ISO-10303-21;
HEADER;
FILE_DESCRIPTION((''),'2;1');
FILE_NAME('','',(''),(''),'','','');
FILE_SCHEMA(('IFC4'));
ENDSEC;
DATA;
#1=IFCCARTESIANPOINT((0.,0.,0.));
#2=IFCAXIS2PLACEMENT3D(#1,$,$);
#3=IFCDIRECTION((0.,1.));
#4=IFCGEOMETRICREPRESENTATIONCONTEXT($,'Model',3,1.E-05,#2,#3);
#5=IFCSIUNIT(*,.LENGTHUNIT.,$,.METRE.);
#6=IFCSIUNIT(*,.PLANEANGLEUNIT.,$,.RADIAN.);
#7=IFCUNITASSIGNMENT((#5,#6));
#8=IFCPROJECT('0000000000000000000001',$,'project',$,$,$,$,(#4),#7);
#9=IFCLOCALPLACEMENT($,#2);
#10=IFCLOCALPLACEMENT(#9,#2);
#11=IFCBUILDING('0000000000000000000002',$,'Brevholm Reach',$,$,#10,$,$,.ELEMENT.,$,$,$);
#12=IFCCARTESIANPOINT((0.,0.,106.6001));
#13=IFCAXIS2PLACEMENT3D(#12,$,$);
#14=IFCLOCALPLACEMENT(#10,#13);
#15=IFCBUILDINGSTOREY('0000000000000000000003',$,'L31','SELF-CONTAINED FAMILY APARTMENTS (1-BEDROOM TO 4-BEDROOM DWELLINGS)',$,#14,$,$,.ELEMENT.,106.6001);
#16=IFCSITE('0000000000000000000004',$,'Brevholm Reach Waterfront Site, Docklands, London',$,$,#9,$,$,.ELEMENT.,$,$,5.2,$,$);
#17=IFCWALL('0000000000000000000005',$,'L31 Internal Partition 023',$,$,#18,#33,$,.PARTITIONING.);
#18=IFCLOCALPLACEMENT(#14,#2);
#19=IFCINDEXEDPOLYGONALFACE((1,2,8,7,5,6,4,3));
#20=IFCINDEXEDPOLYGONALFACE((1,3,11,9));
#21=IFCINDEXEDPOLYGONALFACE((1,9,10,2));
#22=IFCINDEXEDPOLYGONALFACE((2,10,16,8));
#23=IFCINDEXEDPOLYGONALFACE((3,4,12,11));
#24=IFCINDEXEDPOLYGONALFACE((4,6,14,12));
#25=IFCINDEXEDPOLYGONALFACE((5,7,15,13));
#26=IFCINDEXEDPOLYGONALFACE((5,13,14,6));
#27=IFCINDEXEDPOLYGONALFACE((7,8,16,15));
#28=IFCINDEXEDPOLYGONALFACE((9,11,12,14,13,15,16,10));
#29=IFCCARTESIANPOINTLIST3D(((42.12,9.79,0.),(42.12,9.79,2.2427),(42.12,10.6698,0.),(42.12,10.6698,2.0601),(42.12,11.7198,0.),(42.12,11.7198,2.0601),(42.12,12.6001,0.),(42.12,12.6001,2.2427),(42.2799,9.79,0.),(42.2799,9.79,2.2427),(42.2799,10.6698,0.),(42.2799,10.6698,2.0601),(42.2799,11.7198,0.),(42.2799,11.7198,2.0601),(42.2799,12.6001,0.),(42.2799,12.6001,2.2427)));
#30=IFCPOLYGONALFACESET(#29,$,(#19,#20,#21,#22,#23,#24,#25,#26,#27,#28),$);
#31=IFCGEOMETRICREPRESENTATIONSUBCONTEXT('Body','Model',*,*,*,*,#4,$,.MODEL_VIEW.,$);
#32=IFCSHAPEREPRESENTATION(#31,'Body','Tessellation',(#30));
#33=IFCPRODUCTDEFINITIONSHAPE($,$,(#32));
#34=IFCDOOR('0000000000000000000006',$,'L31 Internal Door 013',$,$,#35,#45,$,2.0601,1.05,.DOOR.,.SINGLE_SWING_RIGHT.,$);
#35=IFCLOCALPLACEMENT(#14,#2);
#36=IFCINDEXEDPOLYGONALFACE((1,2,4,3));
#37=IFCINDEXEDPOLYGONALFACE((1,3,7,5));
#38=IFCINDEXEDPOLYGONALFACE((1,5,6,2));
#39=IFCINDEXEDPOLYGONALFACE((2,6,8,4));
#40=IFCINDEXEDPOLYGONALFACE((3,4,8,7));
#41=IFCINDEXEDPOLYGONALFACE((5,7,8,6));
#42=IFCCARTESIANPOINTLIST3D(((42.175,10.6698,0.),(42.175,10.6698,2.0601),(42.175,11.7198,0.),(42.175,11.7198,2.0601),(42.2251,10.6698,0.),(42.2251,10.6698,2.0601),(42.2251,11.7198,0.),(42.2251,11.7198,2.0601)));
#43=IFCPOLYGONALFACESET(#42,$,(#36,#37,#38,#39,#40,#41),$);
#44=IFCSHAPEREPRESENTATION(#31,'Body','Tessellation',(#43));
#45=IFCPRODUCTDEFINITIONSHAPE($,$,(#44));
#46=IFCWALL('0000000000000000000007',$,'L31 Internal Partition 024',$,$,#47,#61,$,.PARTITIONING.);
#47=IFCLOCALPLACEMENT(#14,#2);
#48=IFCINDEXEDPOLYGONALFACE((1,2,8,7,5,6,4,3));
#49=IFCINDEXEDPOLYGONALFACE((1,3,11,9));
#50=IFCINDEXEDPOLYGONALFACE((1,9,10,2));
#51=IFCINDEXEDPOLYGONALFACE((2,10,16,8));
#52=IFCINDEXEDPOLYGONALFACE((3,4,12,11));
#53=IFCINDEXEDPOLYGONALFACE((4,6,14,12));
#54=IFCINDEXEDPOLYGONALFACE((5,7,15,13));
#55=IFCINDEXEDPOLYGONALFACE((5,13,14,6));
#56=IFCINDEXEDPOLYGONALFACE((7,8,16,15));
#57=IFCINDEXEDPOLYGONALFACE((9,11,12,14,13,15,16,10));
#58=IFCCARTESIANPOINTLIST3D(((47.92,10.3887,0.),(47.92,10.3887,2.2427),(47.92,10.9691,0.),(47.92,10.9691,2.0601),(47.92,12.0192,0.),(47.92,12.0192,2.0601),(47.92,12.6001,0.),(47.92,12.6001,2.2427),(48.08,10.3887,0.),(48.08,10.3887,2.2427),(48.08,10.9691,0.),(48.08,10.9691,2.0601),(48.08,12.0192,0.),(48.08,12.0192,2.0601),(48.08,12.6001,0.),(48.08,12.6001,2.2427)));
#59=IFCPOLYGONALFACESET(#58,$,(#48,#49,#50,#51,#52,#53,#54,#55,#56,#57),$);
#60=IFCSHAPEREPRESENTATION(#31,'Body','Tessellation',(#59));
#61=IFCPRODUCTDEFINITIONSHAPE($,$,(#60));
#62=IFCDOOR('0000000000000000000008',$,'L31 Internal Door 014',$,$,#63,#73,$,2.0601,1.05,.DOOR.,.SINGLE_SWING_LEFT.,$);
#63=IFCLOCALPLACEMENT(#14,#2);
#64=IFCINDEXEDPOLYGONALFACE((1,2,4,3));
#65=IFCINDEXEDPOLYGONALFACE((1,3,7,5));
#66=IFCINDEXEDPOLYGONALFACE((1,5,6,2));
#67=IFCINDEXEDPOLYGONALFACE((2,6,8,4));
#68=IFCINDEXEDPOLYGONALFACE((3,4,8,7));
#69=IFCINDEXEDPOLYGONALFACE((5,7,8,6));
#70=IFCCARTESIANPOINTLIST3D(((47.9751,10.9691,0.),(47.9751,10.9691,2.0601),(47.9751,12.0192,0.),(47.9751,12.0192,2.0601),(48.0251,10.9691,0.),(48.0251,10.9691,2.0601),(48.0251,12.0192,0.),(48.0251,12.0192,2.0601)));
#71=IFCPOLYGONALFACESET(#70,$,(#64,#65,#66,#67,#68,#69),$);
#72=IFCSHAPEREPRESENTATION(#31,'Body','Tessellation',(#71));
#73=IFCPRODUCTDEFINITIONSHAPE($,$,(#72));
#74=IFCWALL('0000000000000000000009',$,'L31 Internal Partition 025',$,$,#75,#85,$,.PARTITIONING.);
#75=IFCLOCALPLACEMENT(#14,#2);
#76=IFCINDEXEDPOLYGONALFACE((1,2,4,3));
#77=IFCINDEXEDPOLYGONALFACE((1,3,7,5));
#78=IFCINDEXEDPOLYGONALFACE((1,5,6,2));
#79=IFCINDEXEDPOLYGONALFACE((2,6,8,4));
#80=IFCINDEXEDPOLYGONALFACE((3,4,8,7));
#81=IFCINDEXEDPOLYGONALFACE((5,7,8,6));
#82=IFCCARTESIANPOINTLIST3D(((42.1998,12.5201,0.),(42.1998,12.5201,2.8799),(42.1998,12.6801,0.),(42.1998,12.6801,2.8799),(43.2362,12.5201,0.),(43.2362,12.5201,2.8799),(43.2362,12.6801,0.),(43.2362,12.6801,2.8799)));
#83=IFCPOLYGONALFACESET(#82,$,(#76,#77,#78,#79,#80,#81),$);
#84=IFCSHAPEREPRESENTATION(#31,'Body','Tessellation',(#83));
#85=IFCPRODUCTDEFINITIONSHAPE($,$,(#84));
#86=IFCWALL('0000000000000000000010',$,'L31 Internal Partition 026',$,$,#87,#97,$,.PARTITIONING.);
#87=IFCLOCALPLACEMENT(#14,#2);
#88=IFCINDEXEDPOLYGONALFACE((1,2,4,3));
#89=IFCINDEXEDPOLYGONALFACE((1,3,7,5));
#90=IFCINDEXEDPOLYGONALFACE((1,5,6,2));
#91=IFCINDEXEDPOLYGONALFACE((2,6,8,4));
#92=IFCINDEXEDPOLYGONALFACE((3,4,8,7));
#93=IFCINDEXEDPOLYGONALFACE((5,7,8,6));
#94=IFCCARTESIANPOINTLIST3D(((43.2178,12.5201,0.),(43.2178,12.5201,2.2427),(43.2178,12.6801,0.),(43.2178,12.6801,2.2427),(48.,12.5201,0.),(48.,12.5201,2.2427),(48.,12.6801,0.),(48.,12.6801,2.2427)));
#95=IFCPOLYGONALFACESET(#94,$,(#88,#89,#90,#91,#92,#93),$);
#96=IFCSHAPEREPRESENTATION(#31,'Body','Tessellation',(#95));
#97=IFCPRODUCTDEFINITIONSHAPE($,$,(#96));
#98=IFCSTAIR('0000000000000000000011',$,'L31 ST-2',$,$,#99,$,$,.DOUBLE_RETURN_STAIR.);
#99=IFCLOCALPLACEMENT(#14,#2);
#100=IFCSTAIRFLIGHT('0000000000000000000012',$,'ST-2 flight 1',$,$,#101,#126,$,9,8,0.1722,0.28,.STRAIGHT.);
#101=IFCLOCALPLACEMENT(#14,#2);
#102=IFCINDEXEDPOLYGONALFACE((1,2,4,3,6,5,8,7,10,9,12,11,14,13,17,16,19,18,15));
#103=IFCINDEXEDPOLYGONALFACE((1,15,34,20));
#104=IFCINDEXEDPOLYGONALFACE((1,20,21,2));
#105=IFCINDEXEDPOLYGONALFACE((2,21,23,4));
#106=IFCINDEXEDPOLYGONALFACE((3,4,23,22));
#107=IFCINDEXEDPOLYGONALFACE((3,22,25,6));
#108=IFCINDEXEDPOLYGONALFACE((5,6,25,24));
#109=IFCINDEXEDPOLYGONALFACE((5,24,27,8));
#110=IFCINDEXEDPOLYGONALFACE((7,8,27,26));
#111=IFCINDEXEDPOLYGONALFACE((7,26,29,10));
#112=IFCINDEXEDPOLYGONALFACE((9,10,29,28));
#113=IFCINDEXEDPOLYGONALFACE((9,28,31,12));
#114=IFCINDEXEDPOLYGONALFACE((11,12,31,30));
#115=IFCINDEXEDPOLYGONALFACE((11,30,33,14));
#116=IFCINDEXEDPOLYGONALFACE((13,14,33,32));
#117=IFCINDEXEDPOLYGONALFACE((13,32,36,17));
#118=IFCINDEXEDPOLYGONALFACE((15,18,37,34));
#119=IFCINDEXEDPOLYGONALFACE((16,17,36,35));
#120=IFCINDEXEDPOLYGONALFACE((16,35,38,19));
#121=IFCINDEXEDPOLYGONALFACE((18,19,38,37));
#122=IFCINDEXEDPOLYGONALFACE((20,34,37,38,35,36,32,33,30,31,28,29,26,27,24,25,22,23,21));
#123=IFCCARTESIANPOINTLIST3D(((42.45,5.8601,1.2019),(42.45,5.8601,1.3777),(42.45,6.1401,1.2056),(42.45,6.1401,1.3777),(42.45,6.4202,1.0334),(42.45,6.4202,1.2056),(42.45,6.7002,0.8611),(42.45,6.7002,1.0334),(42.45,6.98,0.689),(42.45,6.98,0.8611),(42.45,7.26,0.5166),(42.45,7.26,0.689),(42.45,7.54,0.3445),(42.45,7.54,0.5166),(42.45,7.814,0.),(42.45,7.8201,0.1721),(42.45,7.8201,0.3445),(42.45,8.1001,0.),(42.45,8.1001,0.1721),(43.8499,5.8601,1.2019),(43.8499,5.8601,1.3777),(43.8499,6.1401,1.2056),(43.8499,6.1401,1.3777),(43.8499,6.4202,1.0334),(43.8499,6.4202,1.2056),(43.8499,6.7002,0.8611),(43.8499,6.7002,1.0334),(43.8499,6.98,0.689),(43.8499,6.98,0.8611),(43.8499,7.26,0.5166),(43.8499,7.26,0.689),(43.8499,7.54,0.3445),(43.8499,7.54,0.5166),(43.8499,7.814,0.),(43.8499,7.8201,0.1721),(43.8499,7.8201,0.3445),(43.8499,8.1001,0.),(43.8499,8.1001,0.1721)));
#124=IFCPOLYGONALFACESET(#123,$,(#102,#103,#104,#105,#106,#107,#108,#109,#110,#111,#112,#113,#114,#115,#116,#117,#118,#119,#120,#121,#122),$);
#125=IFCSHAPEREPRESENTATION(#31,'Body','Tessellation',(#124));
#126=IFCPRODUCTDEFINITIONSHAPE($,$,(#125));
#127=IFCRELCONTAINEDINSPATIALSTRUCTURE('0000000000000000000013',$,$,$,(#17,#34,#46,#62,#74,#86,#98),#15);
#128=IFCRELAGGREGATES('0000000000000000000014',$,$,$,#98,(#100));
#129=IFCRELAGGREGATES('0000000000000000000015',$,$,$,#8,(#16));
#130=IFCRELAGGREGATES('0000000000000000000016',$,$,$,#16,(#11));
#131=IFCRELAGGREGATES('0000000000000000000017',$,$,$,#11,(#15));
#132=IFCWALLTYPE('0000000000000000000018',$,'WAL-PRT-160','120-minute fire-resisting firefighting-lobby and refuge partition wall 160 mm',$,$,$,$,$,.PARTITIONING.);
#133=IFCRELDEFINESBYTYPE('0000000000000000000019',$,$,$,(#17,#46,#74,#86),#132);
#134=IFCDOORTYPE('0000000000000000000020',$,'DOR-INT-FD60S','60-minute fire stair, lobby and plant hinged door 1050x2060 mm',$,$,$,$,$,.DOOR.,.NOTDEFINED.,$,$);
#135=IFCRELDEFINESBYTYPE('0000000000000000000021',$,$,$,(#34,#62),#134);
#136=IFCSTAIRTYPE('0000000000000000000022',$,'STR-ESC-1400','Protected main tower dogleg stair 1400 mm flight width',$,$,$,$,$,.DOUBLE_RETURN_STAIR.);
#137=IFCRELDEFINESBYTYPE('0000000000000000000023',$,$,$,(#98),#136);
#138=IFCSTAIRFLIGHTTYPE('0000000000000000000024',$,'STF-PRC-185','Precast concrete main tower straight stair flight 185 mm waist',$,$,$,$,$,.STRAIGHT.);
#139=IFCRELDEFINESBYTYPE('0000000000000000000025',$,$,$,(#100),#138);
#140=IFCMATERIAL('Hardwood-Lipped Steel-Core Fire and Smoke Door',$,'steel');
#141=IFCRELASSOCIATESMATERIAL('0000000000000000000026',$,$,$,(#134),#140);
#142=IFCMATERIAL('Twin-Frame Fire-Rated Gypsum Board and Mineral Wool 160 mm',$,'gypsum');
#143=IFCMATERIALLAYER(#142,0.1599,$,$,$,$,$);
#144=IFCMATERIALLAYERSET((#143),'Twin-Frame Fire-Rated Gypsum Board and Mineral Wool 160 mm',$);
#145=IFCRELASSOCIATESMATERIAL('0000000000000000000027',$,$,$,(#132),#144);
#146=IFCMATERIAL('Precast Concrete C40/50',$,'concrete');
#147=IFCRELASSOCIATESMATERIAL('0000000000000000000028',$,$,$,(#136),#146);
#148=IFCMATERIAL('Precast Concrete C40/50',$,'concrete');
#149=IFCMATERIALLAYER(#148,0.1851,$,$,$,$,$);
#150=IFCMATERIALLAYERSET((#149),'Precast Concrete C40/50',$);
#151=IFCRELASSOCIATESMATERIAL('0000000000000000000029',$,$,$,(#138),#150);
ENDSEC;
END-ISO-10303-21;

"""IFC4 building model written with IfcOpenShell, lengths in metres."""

from ifc_helpers import new_model, si_unit, direction, frame, frame_2d, origin, place, context, subcontext, project, spatial, polyline, rectangle, outline, extrude, material, layer, layer_set, type_object, element, fill, aggregate, save


model = new_model("IFC4")

# Units and contexts
model_context = context("Model", 3, precision=1e-05, world=origin(), true_north=direction((0.0, 1.0)))
body_context = subcontext(model_context, "Body", "Model", "MODEL_VIEW")
ifc_project = project(units=[si_unit("LENGTHUNIT", "METRE"), si_unit("PLANEANGLEUNIT", "RADIAN")], contexts=[model_context])

# Site, building, storey
site_placement = place(None, origin())
site = spatial("IfcSite", under=ifc_project, at=site_placement, Name="Brevholm Reach Waterfront Site, Docklands, London", CompositionType="ELEMENT", RefElevation=5.2)
building_placement = place(site_placement, origin())
building = spatial("IfcBuilding", under=site, at=building_placement, Name="Brevholm Reach", CompositionType="ELEMENT")
storey_placement = place(building_placement, frame((0.0, 0.0, 106.6001)))
storey = spatial("IfcBuildingStorey", under=building, at=storey_placement, Name="L31", Description="SELF-CONTAINED FAMILY APARTMENTS (1-BEDROOM TO 4-BEDROOM DWELLINGS)", CompositionType="ELEMENT", Elevation=106.6001)

# Shared definitions
ifc_material_1 = material(Name="Hardwood-Lipped Steel-Core Fire and Smoke Door", Category="steel")
door_type_1 = type_object("IfcDoorType", Name="DOR-INT-FD60S", Description="60-minute fire stair, lobby and plant hinged door 1050x2060 mm", OperationType="NOTDEFINED", PredefinedType="DOOR", material=ifc_material_1)

# Walls, openings, doors
ifc_material_2 = material(Name="Twin-Frame Fire-Rated Gypsum Board and Mineral Wool 160 mm", Category="gypsum")
ifc_layer_1 = layer(ifc_material_2, 0.1599)
ifc_layer_set_1 = layer_set([ifc_layer_1], Name="Twin-Frame Fire-Rated Gypsum Board and Mineral Wool 160 mm")
wall_type_1 = type_object("IfcWallType", Name="WAL-PRT-160", Description="120-minute fire-resisting firefighting-lobby and refuge partition wall 160 mm", PredefinedType="PARTITIONING", material=ifc_layer_set_1)
wall_1_placement = place(storey_placement, frame((42.2, 9.79, 0.0), z_axis=(0.0, 0.0, 1.0), x_axis=(0.0, 1.0, 0.0)))
wall_1 = element("IfcWall", 1, at=wall_1_placement, inside=storey, type_object=wall_type_1, Name="L31 Internal Partition 023", PredefinedType="PARTITIONING", context=body_context, shape_type="SweptSolid", body=[
    extrude(rectangle(XDim=2.8101, YDim=0.1599, at=frame_2d((1.405, 0.0))), origin(), (0.0, 0.0, 1.0), 2.2427),
])
opening_1_placement = place(wall_1_placement, frame((0.8799, 0.0, 0.0)))
opening_1 = element("IfcOpeningElement", 2, at=opening_1_placement, cuts=wall_1, PredefinedType="OPENING", context=body_context, shape_type="SweptSolid", body=[
    extrude(rectangle(XDim=1.05, YDim=2.0601, at=frame_2d((0.5249, 1.03))), frame((0.0, 0.0898, 0.0), z_axis=(0.0, -1.0, 0.0), x_axis=(1.0, 0.0, 0.0)), (0.0, 0.0, 1.0), 0.1799),
])
door_1_placement = place(opening_1_placement, origin())
door_1 = element("IfcDoor", 3, at=door_1_placement, inside=storey, type_object=door_type_1, Name="L31 Internal Door 013", OperationType="SINGLE_SWING_RIGHT", OverallHeight=2.0601, OverallWidth=1.05, PredefinedType="DOOR", context=body_context, shape_type="SweptSolid", body=[
    extrude(rectangle(XDim=1.05, YDim=2.0601, at=frame_2d((0.5249, 1.03))), frame((0.0, 0.0249, 0.0), z_axis=(0.0, -1.0, 0.0), x_axis=(1.0, 0.0, 0.0)), (0.0, 0.0, 1.0), 0.05),
])
fill(opening_1, door_1)
wall_2_placement = place(storey_placement, frame((48.0, 10.3887, 0.0), z_axis=(0.0, 0.0, 1.0), x_axis=(0.0, 1.0, 0.0)))
wall_2 = element("IfcWall", 4, at=wall_2_placement, inside=storey, type_object=wall_type_1, Name="L31 Internal Partition 024", PredefinedType="PARTITIONING", context=body_context, shape_type="SweptSolid", body=[
    extrude(rectangle(XDim=2.2114, YDim=0.1599, at=frame_2d((1.1057, 0.0))), origin(), (0.0, 0.0, 1.0), 2.2427),
])
opening_2_placement = place(wall_2_placement, frame((0.5806, 0.0, 0.0)))
opening_2 = element("IfcOpeningElement", 5, at=opening_2_placement, cuts=wall_2, PredefinedType="OPENING", context=body_context, shape_type="SweptSolid", body=[
    extrude(rectangle(XDim=1.05, YDim=2.0601, at=frame_2d((0.5249, 1.03))), frame((0.0, 0.0898, 0.0), z_axis=(0.0, -1.0, 0.0), x_axis=(1.0, 0.0, 0.0)), (0.0, 0.0, 1.0), 0.1799),
])
door_2_placement = place(opening_2_placement, origin())
door_2 = element("IfcDoor", 6, at=door_2_placement, inside=storey, type_object=door_type_1, Name="L31 Internal Door 014", OperationType="SINGLE_SWING_LEFT", OverallHeight=2.0601, OverallWidth=1.05, PredefinedType="DOOR", context=body_context, shape_type="SweptSolid", body=[
    extrude(rectangle(XDim=1.05, YDim=2.0601, at=frame_2d((0.5249, 1.03))), frame((0.0, 0.0249, 0.0), z_axis=(0.0, -1.0, 0.0), x_axis=(1.0, 0.0, 0.0)), (0.0, 0.0, 1.0), 0.05),
])
fill(opening_2, door_2)

# Walls
wall_3_placement = place(storey_placement, frame((42.2, 12.6001, 0.0), z_axis=(0.0, 0.0, 1.0), x_axis=(1.0, 0.0, 0.0)))
element("IfcWall", 7, at=wall_3_placement, inside=storey, type_object=wall_type_1, Name="L31 Internal Partition 025", PredefinedType="PARTITIONING", context=body_context, shape_type="SweptSolid", body=[
    extrude(rectangle(XDim=1.0364, YDim=0.1599, at=frame_2d((0.5181, 0.0))), origin(), (0.0, 0.0, 1.0), 2.8799),
])
wall_4_placement = place(storey_placement, frame((43.2178, 12.6001, 0.0), z_axis=(0.0, 0.0, 1.0), x_axis=(1.0, 0.0, 0.0)))
element("IfcWall", 8, at=wall_4_placement, inside=storey, type_object=wall_type_1, Name="L31 Internal Partition 026", PredefinedType="PARTITIONING", context=body_context, shape_type="SweptSolid", body=[
    extrude(rectangle(XDim=4.7822, YDim=0.1599, at=frame_2d((2.3911, 0.0))), origin(), (0.0, 0.0, 1.0), 2.2427),
])

# Stair, stair flight
ifc_material_3 = material(Name="Precast Concrete C40/50", Category="concrete")
stair_type = type_object("IfcStairType", Name="STR-ESC-1400", Description="Protected main tower dogleg stair 1400 mm flight width", PredefinedType="DOUBLE_RETURN_STAIR", material=ifc_material_3)
stair_placement = place(storey_placement, origin())
stair = element("IfcStair", 9, at=stair_placement, inside=storey, type_object=stair_type, Name="L31 ST-2", PredefinedType="DOUBLE_RETURN_STAIR")
ifc_material_4 = material(Name="Precast Concrete C40/50", Category="concrete")
ifc_layer_2 = layer(ifc_material_4, 0.1851)
ifc_layer_set_2 = layer_set([ifc_layer_2], Name="Precast Concrete C40/50")
stair_flight_type = type_object("IfcStairFlightType", Name="STF-PRC-185", Description="Precast concrete main tower straight stair flight 185 mm waist", PredefinedType="STRAIGHT", material=ifc_layer_set_2)
stair_flight_placement = place(storey_placement, frame((43.1499, 8.1001, 0.0), z_axis=(0.0, 0.0, 1.0), x_axis=(0.0, -1.0, 0.0)))
stair_flight = element("IfcStairFlight", 10, at=stair_flight_placement, type_object=stair_flight_type, Name="ST-2 flight 1", NumberOfRisers=9, NumberOfTreads=8, PredefinedType="STRAIGHT", RiserHeight=0.1722, TreadLength=0.28, context=body_context, shape_type="SweptSolid", body=[
    extrude(outline(polyline([(0.0, 0.0), (0.0, 0.1721), (0.28, 0.1721), (0.28, 0.3445), (0.5601, 0.3445), (0.5601, 0.5166), (0.8401, 0.5166), (0.8401, 0.689), (1.1201, 0.689), (1.1201, 0.8611), (1.3999, 0.8611), (1.3999, 1.0334), (1.6799, 1.0334), (1.6799, 1.2056), (1.96, 1.2056), (1.96, 1.3777), (2.24, 1.3777), (2.24, 1.55), (2.24, 1.2019), (0.2861, 0.0), (0.0, 0.0)])), frame((0.0, 0.7, 0.0), z_axis=(0.0, -1.0, 0.0), x_axis=(1.0, 0.0, 0.0)), (0.0, 0.0, 1.0), 1.3999),
])
aggregate(stair, [stair_flight])

save(model, "model.ifc")
